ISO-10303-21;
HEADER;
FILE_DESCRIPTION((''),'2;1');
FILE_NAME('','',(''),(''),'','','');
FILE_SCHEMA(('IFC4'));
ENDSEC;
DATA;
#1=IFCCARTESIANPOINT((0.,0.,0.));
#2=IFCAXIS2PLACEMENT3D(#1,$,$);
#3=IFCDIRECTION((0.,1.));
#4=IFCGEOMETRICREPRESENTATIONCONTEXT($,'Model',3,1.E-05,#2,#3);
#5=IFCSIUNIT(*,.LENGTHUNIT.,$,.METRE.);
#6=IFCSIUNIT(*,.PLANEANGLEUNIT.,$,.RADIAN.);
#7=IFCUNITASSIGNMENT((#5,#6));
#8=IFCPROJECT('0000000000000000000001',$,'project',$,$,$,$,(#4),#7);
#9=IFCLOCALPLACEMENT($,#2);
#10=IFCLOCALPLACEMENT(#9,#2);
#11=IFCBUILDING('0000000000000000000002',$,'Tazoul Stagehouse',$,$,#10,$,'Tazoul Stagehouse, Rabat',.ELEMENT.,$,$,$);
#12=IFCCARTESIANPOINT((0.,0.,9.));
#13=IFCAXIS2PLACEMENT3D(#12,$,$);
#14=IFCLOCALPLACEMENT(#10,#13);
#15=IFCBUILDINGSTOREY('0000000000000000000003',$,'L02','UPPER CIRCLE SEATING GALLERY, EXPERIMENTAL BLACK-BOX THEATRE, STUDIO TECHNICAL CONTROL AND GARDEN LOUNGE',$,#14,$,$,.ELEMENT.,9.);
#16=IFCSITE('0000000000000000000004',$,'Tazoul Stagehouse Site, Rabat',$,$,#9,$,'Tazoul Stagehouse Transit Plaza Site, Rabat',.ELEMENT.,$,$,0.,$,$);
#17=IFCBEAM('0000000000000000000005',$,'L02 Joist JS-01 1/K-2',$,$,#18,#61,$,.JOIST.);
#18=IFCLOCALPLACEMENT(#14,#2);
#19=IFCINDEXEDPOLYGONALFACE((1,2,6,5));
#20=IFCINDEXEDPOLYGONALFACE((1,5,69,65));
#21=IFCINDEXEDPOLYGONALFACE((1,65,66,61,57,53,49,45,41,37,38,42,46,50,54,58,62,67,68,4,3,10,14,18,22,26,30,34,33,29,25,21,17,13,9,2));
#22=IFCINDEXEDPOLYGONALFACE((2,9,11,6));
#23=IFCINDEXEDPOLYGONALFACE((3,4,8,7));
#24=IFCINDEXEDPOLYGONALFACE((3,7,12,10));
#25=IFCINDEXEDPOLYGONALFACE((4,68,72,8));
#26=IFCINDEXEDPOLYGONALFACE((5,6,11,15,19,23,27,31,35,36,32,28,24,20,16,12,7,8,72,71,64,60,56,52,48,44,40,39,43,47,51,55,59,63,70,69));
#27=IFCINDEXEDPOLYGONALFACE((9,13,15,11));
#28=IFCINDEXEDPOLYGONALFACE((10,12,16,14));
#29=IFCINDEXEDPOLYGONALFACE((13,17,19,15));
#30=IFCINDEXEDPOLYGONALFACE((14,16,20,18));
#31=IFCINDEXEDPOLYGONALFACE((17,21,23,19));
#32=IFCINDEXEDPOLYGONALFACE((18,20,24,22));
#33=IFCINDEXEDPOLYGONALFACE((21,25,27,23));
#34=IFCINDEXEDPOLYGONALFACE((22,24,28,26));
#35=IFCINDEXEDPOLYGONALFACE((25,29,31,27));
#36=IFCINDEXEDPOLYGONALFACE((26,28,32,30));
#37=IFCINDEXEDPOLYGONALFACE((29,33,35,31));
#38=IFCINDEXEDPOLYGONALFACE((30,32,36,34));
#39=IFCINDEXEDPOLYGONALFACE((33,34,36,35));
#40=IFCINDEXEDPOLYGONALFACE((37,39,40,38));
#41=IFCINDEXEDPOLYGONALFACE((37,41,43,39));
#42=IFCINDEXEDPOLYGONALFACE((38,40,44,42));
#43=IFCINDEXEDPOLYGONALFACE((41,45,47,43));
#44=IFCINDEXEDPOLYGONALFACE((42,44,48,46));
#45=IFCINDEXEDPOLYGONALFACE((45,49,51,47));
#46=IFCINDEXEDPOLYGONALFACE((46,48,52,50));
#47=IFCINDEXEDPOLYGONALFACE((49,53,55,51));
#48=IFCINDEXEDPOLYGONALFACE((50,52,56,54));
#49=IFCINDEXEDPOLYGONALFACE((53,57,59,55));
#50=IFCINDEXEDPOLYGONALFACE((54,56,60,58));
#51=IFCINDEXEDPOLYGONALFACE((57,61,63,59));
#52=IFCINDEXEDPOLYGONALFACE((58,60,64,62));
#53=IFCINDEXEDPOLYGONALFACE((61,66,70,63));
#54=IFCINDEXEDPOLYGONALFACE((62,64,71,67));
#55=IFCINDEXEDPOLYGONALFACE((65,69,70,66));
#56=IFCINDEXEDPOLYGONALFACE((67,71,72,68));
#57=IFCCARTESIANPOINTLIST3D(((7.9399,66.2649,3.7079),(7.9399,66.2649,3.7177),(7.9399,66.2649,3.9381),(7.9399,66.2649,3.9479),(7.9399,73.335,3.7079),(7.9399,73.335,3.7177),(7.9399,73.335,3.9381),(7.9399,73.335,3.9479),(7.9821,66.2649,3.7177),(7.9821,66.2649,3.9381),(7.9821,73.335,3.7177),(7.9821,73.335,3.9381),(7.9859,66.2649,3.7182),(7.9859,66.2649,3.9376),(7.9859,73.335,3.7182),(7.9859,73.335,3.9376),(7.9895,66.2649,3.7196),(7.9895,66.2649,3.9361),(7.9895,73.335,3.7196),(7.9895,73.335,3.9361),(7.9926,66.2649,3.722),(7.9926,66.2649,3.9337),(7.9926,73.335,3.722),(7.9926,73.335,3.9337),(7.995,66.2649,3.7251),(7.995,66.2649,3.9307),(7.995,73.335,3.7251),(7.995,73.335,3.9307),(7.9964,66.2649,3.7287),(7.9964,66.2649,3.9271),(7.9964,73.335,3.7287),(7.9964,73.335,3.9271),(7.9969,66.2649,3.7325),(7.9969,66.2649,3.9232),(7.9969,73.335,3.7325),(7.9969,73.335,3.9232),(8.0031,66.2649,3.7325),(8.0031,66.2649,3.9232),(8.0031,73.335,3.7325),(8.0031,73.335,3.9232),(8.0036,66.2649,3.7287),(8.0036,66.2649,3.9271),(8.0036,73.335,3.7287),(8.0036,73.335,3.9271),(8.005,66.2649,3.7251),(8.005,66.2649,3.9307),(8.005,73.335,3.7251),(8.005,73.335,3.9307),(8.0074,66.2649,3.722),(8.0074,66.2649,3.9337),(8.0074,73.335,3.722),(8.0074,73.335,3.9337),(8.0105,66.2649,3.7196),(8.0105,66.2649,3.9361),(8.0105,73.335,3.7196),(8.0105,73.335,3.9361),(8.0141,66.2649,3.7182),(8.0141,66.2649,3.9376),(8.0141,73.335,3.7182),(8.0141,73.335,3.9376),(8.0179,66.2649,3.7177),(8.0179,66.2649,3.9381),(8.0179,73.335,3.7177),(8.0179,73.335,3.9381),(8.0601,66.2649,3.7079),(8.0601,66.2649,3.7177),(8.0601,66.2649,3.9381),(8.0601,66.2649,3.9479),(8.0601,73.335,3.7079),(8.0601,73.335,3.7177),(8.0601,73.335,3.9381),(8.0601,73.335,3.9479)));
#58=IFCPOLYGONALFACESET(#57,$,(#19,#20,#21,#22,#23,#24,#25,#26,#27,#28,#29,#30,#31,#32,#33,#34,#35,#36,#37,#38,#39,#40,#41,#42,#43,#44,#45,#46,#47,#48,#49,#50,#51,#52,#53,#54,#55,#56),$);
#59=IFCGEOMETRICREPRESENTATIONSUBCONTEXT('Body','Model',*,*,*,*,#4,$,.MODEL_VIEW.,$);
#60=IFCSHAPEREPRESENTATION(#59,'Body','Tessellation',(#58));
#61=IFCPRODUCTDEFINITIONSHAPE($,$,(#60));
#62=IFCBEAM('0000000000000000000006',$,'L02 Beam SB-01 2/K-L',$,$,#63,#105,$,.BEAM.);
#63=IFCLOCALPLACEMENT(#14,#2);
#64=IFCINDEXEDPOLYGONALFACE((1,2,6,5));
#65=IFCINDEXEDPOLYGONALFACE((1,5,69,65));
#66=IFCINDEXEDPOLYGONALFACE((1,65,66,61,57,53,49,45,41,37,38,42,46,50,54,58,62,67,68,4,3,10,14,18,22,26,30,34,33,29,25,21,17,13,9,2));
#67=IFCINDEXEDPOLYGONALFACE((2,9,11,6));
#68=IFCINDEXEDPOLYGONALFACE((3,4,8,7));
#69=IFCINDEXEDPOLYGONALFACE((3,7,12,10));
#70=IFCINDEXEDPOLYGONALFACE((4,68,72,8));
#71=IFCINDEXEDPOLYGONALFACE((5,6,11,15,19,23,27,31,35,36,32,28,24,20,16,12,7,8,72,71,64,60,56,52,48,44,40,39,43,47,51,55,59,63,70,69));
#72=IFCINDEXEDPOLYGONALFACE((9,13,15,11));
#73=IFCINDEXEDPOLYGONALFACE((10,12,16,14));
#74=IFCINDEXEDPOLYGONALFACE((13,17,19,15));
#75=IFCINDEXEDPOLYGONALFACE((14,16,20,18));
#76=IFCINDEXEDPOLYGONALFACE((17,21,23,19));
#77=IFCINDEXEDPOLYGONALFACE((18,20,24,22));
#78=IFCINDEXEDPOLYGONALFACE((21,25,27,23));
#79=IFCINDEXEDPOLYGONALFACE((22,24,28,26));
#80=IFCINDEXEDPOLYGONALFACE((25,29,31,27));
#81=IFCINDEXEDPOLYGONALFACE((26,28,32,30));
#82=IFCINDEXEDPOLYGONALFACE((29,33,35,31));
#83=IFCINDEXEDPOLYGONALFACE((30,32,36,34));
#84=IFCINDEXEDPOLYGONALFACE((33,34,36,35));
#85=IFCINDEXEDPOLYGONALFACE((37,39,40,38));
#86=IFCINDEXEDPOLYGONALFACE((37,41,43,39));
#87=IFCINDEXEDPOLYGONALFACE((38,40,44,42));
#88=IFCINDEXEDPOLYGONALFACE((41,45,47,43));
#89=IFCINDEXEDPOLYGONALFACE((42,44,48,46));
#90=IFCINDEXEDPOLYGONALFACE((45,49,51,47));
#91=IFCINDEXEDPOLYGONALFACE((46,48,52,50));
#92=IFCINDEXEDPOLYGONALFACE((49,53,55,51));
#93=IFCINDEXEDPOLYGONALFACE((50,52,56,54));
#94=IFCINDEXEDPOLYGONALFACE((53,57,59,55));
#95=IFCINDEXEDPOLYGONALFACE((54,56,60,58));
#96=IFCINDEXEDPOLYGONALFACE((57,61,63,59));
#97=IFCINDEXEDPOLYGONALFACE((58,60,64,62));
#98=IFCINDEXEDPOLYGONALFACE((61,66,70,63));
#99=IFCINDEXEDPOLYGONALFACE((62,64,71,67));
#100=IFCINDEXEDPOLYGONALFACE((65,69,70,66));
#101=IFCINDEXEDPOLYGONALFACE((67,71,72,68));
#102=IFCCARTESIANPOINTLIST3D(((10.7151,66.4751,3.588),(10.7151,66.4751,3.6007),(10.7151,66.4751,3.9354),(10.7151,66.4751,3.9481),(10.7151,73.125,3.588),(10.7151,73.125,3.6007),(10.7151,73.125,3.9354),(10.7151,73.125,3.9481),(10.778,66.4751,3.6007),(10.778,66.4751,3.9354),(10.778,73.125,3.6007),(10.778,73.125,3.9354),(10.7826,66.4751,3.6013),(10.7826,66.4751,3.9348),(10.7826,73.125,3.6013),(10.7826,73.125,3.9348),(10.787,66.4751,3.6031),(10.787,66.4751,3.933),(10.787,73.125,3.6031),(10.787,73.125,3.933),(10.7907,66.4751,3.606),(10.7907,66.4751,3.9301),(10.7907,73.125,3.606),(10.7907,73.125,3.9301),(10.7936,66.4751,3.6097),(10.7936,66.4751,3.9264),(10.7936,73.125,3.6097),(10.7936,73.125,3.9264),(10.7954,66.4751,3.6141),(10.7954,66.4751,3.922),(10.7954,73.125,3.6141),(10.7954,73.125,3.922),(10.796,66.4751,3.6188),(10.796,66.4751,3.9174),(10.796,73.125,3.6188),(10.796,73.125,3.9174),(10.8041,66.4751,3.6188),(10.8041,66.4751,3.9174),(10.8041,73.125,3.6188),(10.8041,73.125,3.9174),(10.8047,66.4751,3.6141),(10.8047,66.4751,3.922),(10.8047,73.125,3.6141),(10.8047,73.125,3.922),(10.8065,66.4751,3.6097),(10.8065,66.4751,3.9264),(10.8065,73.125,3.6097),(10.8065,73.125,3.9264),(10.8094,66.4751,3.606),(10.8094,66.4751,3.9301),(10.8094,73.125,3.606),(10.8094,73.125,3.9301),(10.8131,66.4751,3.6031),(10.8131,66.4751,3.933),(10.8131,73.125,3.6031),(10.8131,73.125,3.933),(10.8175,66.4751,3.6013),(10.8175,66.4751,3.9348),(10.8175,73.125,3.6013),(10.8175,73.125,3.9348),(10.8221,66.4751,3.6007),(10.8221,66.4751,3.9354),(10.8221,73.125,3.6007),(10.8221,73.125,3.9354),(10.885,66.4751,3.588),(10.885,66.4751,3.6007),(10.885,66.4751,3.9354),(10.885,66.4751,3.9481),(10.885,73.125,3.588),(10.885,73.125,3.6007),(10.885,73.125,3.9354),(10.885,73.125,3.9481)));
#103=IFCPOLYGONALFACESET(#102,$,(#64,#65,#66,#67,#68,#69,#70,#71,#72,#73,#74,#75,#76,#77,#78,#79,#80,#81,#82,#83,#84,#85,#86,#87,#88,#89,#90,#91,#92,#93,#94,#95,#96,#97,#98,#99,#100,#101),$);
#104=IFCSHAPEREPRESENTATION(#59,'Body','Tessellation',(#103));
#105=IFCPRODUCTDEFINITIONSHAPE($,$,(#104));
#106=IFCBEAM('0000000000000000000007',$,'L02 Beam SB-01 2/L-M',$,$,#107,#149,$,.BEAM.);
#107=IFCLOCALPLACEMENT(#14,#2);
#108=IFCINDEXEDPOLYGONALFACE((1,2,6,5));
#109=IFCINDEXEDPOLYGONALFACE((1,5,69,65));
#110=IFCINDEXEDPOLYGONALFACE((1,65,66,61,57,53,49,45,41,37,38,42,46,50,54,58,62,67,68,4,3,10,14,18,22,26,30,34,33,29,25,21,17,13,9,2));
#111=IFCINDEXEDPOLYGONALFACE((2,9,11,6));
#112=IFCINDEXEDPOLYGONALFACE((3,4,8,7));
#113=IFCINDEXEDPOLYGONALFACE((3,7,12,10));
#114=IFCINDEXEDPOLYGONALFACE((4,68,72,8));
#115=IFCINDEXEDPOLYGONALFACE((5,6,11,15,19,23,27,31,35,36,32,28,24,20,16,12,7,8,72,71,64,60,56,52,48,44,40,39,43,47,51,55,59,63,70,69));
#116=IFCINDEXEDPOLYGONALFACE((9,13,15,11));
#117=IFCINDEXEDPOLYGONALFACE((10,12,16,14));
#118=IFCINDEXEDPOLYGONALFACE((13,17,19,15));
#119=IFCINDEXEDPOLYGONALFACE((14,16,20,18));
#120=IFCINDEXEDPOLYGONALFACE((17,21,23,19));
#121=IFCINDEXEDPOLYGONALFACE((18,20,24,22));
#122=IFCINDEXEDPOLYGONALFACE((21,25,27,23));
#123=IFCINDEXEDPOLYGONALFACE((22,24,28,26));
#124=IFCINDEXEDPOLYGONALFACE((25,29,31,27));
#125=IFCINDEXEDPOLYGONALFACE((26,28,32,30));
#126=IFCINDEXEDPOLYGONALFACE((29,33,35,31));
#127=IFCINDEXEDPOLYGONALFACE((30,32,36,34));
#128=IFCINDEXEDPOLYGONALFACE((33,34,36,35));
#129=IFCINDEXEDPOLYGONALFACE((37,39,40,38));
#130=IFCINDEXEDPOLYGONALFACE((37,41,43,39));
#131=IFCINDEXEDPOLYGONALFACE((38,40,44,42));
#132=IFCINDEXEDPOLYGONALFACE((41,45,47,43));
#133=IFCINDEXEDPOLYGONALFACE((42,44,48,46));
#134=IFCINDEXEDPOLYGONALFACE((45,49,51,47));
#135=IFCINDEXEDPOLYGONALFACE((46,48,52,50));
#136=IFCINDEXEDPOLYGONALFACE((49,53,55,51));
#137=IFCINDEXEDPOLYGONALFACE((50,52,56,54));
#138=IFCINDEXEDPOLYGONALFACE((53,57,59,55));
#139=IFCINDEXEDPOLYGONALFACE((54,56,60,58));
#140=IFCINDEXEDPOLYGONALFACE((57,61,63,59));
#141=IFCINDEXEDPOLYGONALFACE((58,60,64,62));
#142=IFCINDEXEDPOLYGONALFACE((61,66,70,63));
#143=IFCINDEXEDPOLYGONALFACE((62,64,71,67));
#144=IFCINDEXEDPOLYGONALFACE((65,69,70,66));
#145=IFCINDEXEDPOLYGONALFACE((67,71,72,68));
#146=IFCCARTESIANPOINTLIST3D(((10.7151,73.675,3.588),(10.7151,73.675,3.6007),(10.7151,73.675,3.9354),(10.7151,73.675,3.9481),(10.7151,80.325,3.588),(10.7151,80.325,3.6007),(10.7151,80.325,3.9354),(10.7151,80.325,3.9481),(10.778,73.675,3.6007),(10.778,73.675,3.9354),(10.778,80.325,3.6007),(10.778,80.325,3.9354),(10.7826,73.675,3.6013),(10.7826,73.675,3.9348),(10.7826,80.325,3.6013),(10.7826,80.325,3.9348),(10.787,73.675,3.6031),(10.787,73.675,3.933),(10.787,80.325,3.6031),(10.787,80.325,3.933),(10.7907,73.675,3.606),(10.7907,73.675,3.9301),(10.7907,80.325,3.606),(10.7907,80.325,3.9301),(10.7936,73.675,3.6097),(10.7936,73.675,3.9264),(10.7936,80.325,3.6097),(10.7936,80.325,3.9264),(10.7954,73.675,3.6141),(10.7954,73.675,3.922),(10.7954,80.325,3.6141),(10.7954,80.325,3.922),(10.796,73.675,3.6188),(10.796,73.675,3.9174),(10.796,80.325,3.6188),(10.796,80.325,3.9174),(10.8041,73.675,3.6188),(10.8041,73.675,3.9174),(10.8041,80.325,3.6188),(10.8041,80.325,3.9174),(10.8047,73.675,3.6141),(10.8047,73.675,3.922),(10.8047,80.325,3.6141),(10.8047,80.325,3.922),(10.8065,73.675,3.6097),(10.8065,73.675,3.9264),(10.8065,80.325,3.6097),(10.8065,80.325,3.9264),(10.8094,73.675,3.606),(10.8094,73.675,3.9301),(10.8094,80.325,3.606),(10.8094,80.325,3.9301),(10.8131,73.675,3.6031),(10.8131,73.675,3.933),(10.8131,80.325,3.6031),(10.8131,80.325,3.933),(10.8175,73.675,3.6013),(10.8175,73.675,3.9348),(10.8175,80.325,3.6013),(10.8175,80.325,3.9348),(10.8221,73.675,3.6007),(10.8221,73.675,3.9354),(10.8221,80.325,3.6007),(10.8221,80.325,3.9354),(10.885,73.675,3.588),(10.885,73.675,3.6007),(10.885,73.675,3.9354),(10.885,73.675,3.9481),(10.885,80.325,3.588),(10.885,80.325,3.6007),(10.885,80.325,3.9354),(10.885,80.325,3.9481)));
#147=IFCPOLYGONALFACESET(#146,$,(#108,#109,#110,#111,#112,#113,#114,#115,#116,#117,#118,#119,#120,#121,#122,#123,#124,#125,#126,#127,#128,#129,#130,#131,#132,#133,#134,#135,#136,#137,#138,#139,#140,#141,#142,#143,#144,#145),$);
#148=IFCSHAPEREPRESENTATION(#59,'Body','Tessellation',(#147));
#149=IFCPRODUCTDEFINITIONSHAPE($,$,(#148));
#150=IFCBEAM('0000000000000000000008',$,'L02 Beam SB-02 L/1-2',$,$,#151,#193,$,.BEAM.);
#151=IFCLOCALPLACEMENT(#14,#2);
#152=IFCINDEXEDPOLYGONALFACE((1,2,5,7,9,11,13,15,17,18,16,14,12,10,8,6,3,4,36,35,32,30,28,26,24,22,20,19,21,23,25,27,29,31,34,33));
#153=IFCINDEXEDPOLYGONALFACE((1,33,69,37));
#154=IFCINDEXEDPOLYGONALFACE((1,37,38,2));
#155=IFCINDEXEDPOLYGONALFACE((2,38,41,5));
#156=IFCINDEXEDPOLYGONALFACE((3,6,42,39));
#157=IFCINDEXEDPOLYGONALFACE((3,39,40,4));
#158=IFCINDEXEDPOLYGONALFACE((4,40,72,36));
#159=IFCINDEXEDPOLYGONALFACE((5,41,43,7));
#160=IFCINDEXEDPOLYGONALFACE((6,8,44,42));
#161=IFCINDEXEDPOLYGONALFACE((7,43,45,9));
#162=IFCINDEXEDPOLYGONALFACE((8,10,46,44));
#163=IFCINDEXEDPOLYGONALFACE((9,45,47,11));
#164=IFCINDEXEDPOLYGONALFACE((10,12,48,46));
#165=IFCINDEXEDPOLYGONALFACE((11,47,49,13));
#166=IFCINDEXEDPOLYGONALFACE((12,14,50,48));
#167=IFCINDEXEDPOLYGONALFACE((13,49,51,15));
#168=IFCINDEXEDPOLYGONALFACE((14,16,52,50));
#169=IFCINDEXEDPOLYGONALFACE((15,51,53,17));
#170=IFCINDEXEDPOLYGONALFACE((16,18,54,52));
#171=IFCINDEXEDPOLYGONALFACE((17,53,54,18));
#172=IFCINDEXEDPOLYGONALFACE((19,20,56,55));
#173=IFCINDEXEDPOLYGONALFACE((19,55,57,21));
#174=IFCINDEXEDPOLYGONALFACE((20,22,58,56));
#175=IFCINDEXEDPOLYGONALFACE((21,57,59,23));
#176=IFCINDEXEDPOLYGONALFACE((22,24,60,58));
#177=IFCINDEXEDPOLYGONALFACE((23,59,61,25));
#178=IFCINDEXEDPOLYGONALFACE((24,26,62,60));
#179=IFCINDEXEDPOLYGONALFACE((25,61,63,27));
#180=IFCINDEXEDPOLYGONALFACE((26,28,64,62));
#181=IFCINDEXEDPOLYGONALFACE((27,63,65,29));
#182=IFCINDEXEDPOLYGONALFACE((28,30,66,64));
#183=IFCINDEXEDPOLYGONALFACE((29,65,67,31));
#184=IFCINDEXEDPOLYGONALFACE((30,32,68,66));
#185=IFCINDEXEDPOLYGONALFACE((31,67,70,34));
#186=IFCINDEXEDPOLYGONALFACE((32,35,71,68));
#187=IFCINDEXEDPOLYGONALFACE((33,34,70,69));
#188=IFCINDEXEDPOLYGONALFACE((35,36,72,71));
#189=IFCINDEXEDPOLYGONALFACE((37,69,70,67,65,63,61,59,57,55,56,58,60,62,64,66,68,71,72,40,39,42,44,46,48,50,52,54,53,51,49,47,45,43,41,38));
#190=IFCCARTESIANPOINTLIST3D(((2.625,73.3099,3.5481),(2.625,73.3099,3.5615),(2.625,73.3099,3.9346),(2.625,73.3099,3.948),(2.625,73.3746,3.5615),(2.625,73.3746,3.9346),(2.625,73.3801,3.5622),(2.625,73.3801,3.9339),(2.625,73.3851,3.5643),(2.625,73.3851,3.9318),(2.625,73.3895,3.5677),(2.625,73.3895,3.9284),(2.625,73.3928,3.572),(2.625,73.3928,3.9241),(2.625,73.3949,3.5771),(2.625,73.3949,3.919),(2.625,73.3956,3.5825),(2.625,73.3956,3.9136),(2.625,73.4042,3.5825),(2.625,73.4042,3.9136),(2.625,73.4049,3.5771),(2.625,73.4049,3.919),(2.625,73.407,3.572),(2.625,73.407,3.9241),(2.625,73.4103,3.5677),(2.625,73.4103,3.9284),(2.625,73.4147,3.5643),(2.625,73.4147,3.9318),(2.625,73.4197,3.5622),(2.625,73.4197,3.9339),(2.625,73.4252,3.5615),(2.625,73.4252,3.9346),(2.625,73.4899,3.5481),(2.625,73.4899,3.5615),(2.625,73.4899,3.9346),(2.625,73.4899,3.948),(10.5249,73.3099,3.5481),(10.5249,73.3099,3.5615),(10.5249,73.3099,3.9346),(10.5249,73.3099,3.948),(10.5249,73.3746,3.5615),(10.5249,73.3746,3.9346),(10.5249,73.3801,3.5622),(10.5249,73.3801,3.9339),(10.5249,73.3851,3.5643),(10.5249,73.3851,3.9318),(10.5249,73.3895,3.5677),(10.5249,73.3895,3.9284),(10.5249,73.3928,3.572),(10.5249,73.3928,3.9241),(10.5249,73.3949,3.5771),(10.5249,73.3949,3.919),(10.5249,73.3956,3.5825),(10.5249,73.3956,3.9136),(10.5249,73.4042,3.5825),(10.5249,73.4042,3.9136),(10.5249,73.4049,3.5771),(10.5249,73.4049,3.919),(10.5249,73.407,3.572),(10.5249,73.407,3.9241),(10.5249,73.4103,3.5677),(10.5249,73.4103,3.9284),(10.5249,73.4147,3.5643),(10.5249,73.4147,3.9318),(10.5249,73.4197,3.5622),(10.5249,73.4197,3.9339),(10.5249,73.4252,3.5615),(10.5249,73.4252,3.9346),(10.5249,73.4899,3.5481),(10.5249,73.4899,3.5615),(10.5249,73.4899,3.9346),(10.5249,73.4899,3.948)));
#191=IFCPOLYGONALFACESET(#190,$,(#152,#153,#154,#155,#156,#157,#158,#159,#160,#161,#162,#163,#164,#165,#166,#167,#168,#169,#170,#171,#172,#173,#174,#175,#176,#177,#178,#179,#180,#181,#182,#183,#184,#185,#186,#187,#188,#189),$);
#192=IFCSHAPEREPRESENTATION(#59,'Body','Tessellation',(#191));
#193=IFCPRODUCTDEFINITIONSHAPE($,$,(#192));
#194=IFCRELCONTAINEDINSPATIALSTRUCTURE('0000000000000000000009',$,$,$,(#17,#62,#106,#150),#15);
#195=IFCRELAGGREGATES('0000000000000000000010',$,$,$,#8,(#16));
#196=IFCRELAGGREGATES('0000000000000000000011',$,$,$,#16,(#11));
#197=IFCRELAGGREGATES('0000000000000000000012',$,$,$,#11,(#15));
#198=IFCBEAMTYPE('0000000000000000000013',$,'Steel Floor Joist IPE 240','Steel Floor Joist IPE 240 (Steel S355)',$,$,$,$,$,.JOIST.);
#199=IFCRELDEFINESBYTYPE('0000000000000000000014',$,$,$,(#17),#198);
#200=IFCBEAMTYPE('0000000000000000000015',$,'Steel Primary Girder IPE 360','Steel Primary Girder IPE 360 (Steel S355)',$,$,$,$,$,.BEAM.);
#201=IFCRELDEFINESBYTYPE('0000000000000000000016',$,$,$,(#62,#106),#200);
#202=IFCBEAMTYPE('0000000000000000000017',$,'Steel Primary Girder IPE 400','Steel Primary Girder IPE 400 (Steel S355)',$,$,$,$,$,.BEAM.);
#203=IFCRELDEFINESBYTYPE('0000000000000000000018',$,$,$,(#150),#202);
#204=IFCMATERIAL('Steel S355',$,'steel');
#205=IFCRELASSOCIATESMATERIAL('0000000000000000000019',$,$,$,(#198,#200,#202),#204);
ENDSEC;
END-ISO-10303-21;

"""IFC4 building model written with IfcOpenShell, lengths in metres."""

from ifc_helpers import new_model, si_unit, direction, frame, origin, origin_2d, place, context, subcontext, project, spatial, i_section, extrude, material, material_profile, profile_set, type_object, element, save


model = new_model("IFC4")

# Units and contexts
model_context = context("Model", 3, precision=1e-05, world=origin(), true_north=direction((0.0, 1.0)))
body_context = subcontext(model_context, "Body", "Model", "MODEL_VIEW")
ifc_project = project(units=[si_unit("LENGTHUNIT", "METRE"), si_unit("PLANEANGLEUNIT", "RADIAN")], contexts=[model_context])

# Site, building, storey
site_placement = place(None, origin())
site = spatial("IfcSite", under=ifc_project, at=site_placement, Name="Tazoul Stagehouse Site, Rabat", LongName="Tazoul Stagehouse Transit Plaza Site, Rabat", CompositionType="ELEMENT", RefElevation=0.0)
building_placement = place(site_placement, origin())
building = spatial("IfcBuilding", under=site, at=building_placement, Name="Tazoul Stagehouse", LongName="Tazoul Stagehouse, Rabat", CompositionType="ELEMENT")
storey_placement = place(building_placement, frame((0.0, 0.0, 9.0)))
storey = spatial("IfcBuildingStorey", under=building, at=storey_placement, Name="L02", Description="UPPER CIRCLE SEATING GALLERY, EXPERIMENTAL BLACK-BOX THEATRE, STUDIO TECHNICAL CONTROL AND GARDEN LOUNGE", CompositionType="ELEMENT", Elevation=9.0)

# Beams
ifc_material_1 = material(Name="Steel S355", Category="steel")
ifc_material_profile_1 = material_profile(ifc_material_1, i_section(OverallWidth=0.1201, OverallDepth=0.24, WebThickness=0.0061, FlangeThickness=0.0098, FilletRadius=0.0149, at=origin_2d()), Name="IPE 240")
ifc_profile_set_1 = profile_set([ifc_material_profile_1], Name="Steel S355")
beam_type_1 = type_object("IfcBeamType", Name="Steel Floor Joist IPE 240", Description="Steel Floor Joist IPE 240 (Steel S355)", PredefinedType="JOIST", material=ifc_profile_set_1)
for number, where, z_axis, x_axis, name in (
    (1, (8.0, 66.2649, 3.8279), (0.0, 1.0, 0.0), (-1.0, 0.0, 0.0), "L02 Joist JS-01 1/K-2"),
):
    element("IfcBeam", number, at=place(storey_placement, frame(where, z_axis=z_axis, x_axis=x_axis)), inside=storey, type_object=beam_type_1, Name=name, PredefinedType="JOIST", context=body_context, shape_type="SweptSolid", body=[
        extrude(i_section(OverallWidth=0.1201, OverallDepth=0.24, WebThickness=0.0061, FlangeThickness=0.0098, FilletRadius=0.0149, at=origin_2d()), origin(), (0.0, 0.0, 1.0), 7.0701),
    ])
ifc_material_profile_2 = material_profile(ifc_material_1, i_section(OverallWidth=0.1699, OverallDepth=0.3601, WebThickness=0.0081, FlangeThickness=0.0127, FilletRadius=0.0181, at=origin_2d()), Name="IPE 360")
ifc_profile_set_2 = profile_set([ifc_material_profile_2], Name="Steel S355")
beam_type_2 = type_object("IfcBeamType", Name="Steel Primary Girder IPE 360", Description="Steel Primary Girder IPE 360 (Steel S355)", PredefinedType="BEAM", material=ifc_profile_set_2)
for number, where, z_axis, x_axis, name in (
    (2, (10.8, 66.4751, 3.7681), (0.0, 1.0, 0.0), (-1.0, 0.0, 0.0), "L02 Beam SB-01 2/K-L"),
    (3, (10.8, 73.675, 3.7681), (0.0, 1.0, 0.0), (-1.0, 0.0, 0.0), "L02 Beam SB-01 2/L-M"),
):
    element("IfcBeam", number, at=place(storey_placement, frame(where, z_axis=z_axis, x_axis=x_axis)), inside=storey, type_object=beam_type_2, Name=name, PredefinedType="BEAM", context=body_context, shape_type="SweptSolid", body=[
        extrude(i_section(OverallWidth=0.1699, OverallDepth=0.3601, WebThickness=0.0081, FlangeThickness=0.0127, FilletRadius=0.0181, at=origin_2d()), origin(), (0.0, 0.0, 1.0), 6.6499),
    ])
ifc_material_profile_3 = material_profile(ifc_material_1, i_section(OverallWidth=0.1799, OverallDepth=0.3999, WebThickness=0.0085, FlangeThickness=0.0134, FilletRadius=0.021, at=origin_2d()), Name="IPE 400")
ifc_profile_set_3 = profile_set([ifc_material_profile_3], Name="Steel S355")
beam_type_3 = type_object("IfcBeamType", Name="Steel Primary Girder IPE 400", Description="Steel Primary Girder IPE 400 (Steel S355)", PredefinedType="BEAM", material=ifc_profile_set_3)
beam_placement = place(storey_placement, frame((2.625, 73.3999, 3.748), z_axis=(1.0, 0.0, 0.0), x_axis=(0.0, 1.0, 0.0)))
element("IfcBeam", 4, at=beam_placement, inside=storey, type_object=beam_type_3, Name="L02 Beam SB-02 L/1-2", PredefinedType="BEAM", context=body_context, shape_type="SweptSolid", body=[
    extrude(i_section(OverallWidth=0.1799, OverallDepth=0.3999, WebThickness=0.0085, FlangeThickness=0.0134, FilletRadius=0.021, at=origin_2d()), origin(), (0.0, 0.0, 1.0), 7.8999),
])

save(model, "model.ifc")
